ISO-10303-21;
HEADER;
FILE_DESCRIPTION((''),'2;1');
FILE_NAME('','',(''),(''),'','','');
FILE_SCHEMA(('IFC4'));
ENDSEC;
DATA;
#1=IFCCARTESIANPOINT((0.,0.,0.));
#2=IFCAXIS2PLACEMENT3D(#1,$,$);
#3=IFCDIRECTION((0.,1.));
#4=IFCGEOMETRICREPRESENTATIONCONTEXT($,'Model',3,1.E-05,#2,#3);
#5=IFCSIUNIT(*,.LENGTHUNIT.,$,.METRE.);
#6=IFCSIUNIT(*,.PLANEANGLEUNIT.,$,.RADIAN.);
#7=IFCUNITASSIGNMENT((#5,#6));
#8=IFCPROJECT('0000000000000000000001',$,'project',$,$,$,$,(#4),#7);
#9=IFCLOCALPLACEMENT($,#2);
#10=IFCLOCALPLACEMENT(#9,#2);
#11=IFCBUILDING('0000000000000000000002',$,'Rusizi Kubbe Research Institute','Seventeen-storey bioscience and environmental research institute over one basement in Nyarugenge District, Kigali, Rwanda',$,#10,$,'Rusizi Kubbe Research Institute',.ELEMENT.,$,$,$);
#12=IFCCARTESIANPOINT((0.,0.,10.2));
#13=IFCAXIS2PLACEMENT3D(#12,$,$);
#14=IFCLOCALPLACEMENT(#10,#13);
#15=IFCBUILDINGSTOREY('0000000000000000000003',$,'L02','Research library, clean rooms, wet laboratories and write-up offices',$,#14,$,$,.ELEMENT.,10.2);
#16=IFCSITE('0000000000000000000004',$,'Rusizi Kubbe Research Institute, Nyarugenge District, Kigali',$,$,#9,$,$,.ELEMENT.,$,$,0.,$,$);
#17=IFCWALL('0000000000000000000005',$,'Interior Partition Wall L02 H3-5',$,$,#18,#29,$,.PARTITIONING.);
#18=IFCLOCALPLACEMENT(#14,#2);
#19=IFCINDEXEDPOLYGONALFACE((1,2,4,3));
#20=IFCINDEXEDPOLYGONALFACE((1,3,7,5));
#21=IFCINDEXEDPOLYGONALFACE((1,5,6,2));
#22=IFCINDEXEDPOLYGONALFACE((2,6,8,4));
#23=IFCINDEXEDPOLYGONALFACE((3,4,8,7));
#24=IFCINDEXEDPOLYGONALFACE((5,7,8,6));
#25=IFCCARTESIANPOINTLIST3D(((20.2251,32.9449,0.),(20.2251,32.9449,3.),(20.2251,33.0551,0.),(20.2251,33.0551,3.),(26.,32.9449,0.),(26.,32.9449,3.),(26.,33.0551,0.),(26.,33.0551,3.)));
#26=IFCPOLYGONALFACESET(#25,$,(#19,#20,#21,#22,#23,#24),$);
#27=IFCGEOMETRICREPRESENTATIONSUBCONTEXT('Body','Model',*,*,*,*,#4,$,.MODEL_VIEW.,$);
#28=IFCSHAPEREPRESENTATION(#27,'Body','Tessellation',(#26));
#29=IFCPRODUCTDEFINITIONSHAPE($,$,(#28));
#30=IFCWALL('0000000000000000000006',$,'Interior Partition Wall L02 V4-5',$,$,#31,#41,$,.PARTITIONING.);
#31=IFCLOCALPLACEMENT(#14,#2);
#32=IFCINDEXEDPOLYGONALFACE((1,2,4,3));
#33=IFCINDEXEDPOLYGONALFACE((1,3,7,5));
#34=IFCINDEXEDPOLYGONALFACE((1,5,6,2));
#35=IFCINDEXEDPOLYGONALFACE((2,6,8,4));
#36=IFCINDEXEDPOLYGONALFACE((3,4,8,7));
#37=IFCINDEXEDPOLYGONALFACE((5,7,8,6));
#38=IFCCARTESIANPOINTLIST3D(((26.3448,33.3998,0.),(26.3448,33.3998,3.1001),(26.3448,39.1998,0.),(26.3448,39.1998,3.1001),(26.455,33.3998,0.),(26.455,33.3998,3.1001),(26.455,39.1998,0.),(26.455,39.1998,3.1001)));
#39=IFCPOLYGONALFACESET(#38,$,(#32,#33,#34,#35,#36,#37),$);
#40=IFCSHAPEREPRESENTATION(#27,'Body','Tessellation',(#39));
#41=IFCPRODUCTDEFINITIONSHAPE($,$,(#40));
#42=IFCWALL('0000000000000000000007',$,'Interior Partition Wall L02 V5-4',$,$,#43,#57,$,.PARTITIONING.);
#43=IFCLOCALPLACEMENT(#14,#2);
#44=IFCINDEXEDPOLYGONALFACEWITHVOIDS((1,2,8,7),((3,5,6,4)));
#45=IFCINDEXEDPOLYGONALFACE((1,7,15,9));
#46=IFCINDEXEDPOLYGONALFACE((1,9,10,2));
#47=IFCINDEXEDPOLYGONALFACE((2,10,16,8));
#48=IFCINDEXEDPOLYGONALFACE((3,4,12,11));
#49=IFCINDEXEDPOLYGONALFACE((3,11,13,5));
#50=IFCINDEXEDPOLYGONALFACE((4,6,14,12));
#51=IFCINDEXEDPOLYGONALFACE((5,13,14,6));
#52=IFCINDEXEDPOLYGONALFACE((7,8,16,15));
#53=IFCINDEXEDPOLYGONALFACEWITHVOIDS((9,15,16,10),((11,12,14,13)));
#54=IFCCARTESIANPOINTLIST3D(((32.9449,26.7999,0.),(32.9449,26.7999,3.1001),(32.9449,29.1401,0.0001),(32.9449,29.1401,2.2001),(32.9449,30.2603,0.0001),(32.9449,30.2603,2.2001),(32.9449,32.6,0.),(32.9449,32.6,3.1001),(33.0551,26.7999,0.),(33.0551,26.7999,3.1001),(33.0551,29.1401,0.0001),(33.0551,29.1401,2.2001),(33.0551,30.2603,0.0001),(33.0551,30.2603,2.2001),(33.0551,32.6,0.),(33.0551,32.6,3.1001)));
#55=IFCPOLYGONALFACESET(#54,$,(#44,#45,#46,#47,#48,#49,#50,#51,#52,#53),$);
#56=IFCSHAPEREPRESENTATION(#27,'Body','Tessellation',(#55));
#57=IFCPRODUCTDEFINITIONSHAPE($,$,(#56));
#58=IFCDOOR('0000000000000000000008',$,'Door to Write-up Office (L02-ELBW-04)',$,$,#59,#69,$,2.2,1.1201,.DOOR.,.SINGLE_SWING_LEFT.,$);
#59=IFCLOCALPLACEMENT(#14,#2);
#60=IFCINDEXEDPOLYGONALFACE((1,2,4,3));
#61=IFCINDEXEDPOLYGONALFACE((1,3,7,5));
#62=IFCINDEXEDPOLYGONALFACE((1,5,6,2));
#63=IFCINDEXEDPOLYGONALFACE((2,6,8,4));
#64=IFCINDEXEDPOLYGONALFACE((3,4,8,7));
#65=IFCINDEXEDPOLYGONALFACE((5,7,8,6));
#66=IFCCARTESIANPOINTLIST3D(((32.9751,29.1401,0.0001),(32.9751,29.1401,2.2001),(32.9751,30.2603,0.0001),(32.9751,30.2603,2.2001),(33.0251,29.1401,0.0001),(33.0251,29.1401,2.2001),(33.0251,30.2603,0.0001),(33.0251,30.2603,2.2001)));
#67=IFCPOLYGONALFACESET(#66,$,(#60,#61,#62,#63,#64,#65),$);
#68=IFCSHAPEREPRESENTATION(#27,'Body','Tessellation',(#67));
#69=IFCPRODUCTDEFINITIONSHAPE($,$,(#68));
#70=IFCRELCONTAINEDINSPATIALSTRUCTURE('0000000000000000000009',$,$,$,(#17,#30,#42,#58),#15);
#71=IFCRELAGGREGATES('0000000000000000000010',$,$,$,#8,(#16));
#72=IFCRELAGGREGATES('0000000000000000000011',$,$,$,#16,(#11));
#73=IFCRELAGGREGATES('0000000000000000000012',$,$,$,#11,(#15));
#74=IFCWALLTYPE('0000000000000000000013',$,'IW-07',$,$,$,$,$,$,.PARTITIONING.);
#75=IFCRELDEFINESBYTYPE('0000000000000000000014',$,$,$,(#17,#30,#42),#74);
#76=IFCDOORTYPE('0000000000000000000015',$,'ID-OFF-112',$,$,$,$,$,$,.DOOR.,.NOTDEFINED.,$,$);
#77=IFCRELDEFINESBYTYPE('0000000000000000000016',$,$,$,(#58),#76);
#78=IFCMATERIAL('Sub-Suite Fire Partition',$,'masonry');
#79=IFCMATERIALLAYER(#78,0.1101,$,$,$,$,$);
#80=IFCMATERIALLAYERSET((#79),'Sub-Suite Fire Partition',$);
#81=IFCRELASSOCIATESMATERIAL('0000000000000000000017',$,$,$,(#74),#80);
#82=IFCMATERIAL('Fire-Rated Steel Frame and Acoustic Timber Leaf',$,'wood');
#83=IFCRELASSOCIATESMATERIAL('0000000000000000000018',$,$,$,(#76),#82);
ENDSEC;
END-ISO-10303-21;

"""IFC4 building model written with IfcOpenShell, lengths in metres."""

from ifc_helpers import new_model, si_unit, direction, frame, frame_2d, origin, place, context, subcontext, project, spatial, rectangle, extrude, material, layer, layer_set, type_object, element, fill, save


model = new_model("IFC4")

# Units and contexts
model_context = context("Model", 3, precision=1e-05, world=origin(), true_north=direction((0.0, 1.0)))
body_context = subcontext(model_context, "Body", "Model", "MODEL_VIEW")
ifc_project = project(units=[si_unit("LENGTHUNIT", "METRE"), si_unit("PLANEANGLEUNIT", "RADIAN")], contexts=[model_context])

# Site, building, storey
site_placement = place(None, origin())
site = spatial("IfcSite", under=ifc_project, at=site_placement, Name="Rusizi Kubbe Research Institute, Nyarugenge District, Kigali", CompositionType="ELEMENT", RefElevation=0.0)
building_placement = place(site_placement, origin())
building = spatial("IfcBuilding", under=site, at=building_placement, Name="Rusizi Kubbe Research Institute", Description="Seventeen-storey bioscience and environmental research institute over one basement in Nyarugenge District, Kigali, Rwanda", LongName="Rusizi Kubbe Research Institute", CompositionType="ELEMENT")
storey_placement = place(building_placement, frame((0.0, 0.0, 10.2)))
storey = spatial("IfcBuildingStorey", under=building, at=storey_placement, Name="L02", Description="Research library, clean rooms, wet laboratories and write-up offices", CompositionType="ELEMENT", Elevation=10.2)

# Walls
ifc_material_1 = material(Name="Sub-Suite Fire Partition", Category="masonry")
ifc_layer_1 = layer(ifc_material_1, 0.1101)
ifc_layer_set_1 = layer_set([ifc_layer_1], Name="Sub-Suite Fire Partition")
wall_type_1 = type_object("IfcWallType", Name="IW-07", PredefinedType="PARTITIONING", material=ifc_layer_set_1)
wall_1_placement = place(storey_placement, frame((20.2251, 33.0, 0.0), z_axis=(0.0, 0.0, 1.0), x_axis=(1.0, 0.0, 0.0)))
element("IfcWall", 1, at=wall_1_placement, inside=storey, type_object=wall_type_1, Name="Interior Partition Wall L02 H3-5", PredefinedType="PARTITIONING", context=body_context, shape_type="SweptSolid", body=[
    extrude(rectangle(XDim=5.7749, YDim=0.1101, at=frame_2d((2.8875, 0.0))), origin(), (0.0, 0.0, 1.0), 3.0),
])
wall_2_placement = place(storey_placement, frame((26.3999, 33.3999, 0.0), z_axis=(0.0, 0.0, 1.0), x_axis=(0.0, 1.0, 0.0)))
element("IfcWall", 2, at=wall_2_placement, inside=storey, type_object=wall_type_1, Name="Interior Partition Wall L02 V4-5", PredefinedType="PARTITIONING", context=body_context, shape_type="SweptSolid", body=[
    extrude(rectangle(XDim=5.8, YDim=0.1101, at=frame_2d((2.8999, 0.0))), origin(), (0.0, 0.0, 1.0), 3.1001),
])

# Wall, opening, door
wall_3_placement = place(storey_placement, frame((33.0, 26.8, 0.0), z_axis=(0.0, 0.0, 1.0), x_axis=(0.0, 1.0, 0.0)))
wall_3 = element("IfcWall", 3, at=wall_3_placement, inside=storey, type_object=wall_type_1, Name="Interior Partition Wall L02 V5-4", PredefinedType="PARTITIONING", context=body_context, shape_type="SweptSolid", body=[
    extrude(rectangle(XDim=5.8, YDim=0.1101, at=frame_2d((2.8999, 0.0))), origin(), (0.0, 0.0, 1.0), 3.1001),
])
opening_1_placement = place(wall_3_placement, frame((2.3401, 0.0, 0.0)))
opening_1 = element("IfcOpeningElement", 4, at=opening_1_placement, cuts=wall_3, PredefinedType="OPENING", context=body_context, shape_type="SweptSolid", body=[
    extrude(rectangle(XDim=1.1201, YDim=2.2, at=frame_2d((0.5601, 1.1001))), frame((0.0, 0.0649, 0.0), z_axis=(0.0, -1.0, 0.0), x_axis=(1.0, 0.0, 0.0)), (0.0, 0.0, 1.0), 0.1301),
])
ifc_material_2 = material(Name="Fire-Rated Steel Frame and Acoustic Timber Leaf", Category="wood")
door_type_1 = type_object("IfcDoorType", Name="ID-OFF-112", OperationType="NOTDEFINED", PredefinedType="DOOR", material=ifc_material_2)
door_1_placement = place(opening_1_placement, origin())
door_1 = element("IfcDoor", 5, at=door_1_placement, inside=storey, type_object=door_type_1, Name="Door to Write-up Office (L02-ELBW-04)", OperationType="SINGLE_SWING_LEFT", OverallHeight=2.2, OverallWidth=1.1201, PredefinedType="DOOR", context=body_context, shape_type="SweptSolid", body=[
    extrude(rectangle(XDim=1.1201, YDim=2.2, at=frame_2d((0.5601, 1.1001))), frame((0.0, 0.0249, 0.0), z_axis=(0.0, -1.0, 0.0), x_axis=(1.0, 0.0, 0.0)), (0.0, 0.0, 1.0), 0.05),
])
fill(opening_1, door_1)

save(model, "model.ifc")
